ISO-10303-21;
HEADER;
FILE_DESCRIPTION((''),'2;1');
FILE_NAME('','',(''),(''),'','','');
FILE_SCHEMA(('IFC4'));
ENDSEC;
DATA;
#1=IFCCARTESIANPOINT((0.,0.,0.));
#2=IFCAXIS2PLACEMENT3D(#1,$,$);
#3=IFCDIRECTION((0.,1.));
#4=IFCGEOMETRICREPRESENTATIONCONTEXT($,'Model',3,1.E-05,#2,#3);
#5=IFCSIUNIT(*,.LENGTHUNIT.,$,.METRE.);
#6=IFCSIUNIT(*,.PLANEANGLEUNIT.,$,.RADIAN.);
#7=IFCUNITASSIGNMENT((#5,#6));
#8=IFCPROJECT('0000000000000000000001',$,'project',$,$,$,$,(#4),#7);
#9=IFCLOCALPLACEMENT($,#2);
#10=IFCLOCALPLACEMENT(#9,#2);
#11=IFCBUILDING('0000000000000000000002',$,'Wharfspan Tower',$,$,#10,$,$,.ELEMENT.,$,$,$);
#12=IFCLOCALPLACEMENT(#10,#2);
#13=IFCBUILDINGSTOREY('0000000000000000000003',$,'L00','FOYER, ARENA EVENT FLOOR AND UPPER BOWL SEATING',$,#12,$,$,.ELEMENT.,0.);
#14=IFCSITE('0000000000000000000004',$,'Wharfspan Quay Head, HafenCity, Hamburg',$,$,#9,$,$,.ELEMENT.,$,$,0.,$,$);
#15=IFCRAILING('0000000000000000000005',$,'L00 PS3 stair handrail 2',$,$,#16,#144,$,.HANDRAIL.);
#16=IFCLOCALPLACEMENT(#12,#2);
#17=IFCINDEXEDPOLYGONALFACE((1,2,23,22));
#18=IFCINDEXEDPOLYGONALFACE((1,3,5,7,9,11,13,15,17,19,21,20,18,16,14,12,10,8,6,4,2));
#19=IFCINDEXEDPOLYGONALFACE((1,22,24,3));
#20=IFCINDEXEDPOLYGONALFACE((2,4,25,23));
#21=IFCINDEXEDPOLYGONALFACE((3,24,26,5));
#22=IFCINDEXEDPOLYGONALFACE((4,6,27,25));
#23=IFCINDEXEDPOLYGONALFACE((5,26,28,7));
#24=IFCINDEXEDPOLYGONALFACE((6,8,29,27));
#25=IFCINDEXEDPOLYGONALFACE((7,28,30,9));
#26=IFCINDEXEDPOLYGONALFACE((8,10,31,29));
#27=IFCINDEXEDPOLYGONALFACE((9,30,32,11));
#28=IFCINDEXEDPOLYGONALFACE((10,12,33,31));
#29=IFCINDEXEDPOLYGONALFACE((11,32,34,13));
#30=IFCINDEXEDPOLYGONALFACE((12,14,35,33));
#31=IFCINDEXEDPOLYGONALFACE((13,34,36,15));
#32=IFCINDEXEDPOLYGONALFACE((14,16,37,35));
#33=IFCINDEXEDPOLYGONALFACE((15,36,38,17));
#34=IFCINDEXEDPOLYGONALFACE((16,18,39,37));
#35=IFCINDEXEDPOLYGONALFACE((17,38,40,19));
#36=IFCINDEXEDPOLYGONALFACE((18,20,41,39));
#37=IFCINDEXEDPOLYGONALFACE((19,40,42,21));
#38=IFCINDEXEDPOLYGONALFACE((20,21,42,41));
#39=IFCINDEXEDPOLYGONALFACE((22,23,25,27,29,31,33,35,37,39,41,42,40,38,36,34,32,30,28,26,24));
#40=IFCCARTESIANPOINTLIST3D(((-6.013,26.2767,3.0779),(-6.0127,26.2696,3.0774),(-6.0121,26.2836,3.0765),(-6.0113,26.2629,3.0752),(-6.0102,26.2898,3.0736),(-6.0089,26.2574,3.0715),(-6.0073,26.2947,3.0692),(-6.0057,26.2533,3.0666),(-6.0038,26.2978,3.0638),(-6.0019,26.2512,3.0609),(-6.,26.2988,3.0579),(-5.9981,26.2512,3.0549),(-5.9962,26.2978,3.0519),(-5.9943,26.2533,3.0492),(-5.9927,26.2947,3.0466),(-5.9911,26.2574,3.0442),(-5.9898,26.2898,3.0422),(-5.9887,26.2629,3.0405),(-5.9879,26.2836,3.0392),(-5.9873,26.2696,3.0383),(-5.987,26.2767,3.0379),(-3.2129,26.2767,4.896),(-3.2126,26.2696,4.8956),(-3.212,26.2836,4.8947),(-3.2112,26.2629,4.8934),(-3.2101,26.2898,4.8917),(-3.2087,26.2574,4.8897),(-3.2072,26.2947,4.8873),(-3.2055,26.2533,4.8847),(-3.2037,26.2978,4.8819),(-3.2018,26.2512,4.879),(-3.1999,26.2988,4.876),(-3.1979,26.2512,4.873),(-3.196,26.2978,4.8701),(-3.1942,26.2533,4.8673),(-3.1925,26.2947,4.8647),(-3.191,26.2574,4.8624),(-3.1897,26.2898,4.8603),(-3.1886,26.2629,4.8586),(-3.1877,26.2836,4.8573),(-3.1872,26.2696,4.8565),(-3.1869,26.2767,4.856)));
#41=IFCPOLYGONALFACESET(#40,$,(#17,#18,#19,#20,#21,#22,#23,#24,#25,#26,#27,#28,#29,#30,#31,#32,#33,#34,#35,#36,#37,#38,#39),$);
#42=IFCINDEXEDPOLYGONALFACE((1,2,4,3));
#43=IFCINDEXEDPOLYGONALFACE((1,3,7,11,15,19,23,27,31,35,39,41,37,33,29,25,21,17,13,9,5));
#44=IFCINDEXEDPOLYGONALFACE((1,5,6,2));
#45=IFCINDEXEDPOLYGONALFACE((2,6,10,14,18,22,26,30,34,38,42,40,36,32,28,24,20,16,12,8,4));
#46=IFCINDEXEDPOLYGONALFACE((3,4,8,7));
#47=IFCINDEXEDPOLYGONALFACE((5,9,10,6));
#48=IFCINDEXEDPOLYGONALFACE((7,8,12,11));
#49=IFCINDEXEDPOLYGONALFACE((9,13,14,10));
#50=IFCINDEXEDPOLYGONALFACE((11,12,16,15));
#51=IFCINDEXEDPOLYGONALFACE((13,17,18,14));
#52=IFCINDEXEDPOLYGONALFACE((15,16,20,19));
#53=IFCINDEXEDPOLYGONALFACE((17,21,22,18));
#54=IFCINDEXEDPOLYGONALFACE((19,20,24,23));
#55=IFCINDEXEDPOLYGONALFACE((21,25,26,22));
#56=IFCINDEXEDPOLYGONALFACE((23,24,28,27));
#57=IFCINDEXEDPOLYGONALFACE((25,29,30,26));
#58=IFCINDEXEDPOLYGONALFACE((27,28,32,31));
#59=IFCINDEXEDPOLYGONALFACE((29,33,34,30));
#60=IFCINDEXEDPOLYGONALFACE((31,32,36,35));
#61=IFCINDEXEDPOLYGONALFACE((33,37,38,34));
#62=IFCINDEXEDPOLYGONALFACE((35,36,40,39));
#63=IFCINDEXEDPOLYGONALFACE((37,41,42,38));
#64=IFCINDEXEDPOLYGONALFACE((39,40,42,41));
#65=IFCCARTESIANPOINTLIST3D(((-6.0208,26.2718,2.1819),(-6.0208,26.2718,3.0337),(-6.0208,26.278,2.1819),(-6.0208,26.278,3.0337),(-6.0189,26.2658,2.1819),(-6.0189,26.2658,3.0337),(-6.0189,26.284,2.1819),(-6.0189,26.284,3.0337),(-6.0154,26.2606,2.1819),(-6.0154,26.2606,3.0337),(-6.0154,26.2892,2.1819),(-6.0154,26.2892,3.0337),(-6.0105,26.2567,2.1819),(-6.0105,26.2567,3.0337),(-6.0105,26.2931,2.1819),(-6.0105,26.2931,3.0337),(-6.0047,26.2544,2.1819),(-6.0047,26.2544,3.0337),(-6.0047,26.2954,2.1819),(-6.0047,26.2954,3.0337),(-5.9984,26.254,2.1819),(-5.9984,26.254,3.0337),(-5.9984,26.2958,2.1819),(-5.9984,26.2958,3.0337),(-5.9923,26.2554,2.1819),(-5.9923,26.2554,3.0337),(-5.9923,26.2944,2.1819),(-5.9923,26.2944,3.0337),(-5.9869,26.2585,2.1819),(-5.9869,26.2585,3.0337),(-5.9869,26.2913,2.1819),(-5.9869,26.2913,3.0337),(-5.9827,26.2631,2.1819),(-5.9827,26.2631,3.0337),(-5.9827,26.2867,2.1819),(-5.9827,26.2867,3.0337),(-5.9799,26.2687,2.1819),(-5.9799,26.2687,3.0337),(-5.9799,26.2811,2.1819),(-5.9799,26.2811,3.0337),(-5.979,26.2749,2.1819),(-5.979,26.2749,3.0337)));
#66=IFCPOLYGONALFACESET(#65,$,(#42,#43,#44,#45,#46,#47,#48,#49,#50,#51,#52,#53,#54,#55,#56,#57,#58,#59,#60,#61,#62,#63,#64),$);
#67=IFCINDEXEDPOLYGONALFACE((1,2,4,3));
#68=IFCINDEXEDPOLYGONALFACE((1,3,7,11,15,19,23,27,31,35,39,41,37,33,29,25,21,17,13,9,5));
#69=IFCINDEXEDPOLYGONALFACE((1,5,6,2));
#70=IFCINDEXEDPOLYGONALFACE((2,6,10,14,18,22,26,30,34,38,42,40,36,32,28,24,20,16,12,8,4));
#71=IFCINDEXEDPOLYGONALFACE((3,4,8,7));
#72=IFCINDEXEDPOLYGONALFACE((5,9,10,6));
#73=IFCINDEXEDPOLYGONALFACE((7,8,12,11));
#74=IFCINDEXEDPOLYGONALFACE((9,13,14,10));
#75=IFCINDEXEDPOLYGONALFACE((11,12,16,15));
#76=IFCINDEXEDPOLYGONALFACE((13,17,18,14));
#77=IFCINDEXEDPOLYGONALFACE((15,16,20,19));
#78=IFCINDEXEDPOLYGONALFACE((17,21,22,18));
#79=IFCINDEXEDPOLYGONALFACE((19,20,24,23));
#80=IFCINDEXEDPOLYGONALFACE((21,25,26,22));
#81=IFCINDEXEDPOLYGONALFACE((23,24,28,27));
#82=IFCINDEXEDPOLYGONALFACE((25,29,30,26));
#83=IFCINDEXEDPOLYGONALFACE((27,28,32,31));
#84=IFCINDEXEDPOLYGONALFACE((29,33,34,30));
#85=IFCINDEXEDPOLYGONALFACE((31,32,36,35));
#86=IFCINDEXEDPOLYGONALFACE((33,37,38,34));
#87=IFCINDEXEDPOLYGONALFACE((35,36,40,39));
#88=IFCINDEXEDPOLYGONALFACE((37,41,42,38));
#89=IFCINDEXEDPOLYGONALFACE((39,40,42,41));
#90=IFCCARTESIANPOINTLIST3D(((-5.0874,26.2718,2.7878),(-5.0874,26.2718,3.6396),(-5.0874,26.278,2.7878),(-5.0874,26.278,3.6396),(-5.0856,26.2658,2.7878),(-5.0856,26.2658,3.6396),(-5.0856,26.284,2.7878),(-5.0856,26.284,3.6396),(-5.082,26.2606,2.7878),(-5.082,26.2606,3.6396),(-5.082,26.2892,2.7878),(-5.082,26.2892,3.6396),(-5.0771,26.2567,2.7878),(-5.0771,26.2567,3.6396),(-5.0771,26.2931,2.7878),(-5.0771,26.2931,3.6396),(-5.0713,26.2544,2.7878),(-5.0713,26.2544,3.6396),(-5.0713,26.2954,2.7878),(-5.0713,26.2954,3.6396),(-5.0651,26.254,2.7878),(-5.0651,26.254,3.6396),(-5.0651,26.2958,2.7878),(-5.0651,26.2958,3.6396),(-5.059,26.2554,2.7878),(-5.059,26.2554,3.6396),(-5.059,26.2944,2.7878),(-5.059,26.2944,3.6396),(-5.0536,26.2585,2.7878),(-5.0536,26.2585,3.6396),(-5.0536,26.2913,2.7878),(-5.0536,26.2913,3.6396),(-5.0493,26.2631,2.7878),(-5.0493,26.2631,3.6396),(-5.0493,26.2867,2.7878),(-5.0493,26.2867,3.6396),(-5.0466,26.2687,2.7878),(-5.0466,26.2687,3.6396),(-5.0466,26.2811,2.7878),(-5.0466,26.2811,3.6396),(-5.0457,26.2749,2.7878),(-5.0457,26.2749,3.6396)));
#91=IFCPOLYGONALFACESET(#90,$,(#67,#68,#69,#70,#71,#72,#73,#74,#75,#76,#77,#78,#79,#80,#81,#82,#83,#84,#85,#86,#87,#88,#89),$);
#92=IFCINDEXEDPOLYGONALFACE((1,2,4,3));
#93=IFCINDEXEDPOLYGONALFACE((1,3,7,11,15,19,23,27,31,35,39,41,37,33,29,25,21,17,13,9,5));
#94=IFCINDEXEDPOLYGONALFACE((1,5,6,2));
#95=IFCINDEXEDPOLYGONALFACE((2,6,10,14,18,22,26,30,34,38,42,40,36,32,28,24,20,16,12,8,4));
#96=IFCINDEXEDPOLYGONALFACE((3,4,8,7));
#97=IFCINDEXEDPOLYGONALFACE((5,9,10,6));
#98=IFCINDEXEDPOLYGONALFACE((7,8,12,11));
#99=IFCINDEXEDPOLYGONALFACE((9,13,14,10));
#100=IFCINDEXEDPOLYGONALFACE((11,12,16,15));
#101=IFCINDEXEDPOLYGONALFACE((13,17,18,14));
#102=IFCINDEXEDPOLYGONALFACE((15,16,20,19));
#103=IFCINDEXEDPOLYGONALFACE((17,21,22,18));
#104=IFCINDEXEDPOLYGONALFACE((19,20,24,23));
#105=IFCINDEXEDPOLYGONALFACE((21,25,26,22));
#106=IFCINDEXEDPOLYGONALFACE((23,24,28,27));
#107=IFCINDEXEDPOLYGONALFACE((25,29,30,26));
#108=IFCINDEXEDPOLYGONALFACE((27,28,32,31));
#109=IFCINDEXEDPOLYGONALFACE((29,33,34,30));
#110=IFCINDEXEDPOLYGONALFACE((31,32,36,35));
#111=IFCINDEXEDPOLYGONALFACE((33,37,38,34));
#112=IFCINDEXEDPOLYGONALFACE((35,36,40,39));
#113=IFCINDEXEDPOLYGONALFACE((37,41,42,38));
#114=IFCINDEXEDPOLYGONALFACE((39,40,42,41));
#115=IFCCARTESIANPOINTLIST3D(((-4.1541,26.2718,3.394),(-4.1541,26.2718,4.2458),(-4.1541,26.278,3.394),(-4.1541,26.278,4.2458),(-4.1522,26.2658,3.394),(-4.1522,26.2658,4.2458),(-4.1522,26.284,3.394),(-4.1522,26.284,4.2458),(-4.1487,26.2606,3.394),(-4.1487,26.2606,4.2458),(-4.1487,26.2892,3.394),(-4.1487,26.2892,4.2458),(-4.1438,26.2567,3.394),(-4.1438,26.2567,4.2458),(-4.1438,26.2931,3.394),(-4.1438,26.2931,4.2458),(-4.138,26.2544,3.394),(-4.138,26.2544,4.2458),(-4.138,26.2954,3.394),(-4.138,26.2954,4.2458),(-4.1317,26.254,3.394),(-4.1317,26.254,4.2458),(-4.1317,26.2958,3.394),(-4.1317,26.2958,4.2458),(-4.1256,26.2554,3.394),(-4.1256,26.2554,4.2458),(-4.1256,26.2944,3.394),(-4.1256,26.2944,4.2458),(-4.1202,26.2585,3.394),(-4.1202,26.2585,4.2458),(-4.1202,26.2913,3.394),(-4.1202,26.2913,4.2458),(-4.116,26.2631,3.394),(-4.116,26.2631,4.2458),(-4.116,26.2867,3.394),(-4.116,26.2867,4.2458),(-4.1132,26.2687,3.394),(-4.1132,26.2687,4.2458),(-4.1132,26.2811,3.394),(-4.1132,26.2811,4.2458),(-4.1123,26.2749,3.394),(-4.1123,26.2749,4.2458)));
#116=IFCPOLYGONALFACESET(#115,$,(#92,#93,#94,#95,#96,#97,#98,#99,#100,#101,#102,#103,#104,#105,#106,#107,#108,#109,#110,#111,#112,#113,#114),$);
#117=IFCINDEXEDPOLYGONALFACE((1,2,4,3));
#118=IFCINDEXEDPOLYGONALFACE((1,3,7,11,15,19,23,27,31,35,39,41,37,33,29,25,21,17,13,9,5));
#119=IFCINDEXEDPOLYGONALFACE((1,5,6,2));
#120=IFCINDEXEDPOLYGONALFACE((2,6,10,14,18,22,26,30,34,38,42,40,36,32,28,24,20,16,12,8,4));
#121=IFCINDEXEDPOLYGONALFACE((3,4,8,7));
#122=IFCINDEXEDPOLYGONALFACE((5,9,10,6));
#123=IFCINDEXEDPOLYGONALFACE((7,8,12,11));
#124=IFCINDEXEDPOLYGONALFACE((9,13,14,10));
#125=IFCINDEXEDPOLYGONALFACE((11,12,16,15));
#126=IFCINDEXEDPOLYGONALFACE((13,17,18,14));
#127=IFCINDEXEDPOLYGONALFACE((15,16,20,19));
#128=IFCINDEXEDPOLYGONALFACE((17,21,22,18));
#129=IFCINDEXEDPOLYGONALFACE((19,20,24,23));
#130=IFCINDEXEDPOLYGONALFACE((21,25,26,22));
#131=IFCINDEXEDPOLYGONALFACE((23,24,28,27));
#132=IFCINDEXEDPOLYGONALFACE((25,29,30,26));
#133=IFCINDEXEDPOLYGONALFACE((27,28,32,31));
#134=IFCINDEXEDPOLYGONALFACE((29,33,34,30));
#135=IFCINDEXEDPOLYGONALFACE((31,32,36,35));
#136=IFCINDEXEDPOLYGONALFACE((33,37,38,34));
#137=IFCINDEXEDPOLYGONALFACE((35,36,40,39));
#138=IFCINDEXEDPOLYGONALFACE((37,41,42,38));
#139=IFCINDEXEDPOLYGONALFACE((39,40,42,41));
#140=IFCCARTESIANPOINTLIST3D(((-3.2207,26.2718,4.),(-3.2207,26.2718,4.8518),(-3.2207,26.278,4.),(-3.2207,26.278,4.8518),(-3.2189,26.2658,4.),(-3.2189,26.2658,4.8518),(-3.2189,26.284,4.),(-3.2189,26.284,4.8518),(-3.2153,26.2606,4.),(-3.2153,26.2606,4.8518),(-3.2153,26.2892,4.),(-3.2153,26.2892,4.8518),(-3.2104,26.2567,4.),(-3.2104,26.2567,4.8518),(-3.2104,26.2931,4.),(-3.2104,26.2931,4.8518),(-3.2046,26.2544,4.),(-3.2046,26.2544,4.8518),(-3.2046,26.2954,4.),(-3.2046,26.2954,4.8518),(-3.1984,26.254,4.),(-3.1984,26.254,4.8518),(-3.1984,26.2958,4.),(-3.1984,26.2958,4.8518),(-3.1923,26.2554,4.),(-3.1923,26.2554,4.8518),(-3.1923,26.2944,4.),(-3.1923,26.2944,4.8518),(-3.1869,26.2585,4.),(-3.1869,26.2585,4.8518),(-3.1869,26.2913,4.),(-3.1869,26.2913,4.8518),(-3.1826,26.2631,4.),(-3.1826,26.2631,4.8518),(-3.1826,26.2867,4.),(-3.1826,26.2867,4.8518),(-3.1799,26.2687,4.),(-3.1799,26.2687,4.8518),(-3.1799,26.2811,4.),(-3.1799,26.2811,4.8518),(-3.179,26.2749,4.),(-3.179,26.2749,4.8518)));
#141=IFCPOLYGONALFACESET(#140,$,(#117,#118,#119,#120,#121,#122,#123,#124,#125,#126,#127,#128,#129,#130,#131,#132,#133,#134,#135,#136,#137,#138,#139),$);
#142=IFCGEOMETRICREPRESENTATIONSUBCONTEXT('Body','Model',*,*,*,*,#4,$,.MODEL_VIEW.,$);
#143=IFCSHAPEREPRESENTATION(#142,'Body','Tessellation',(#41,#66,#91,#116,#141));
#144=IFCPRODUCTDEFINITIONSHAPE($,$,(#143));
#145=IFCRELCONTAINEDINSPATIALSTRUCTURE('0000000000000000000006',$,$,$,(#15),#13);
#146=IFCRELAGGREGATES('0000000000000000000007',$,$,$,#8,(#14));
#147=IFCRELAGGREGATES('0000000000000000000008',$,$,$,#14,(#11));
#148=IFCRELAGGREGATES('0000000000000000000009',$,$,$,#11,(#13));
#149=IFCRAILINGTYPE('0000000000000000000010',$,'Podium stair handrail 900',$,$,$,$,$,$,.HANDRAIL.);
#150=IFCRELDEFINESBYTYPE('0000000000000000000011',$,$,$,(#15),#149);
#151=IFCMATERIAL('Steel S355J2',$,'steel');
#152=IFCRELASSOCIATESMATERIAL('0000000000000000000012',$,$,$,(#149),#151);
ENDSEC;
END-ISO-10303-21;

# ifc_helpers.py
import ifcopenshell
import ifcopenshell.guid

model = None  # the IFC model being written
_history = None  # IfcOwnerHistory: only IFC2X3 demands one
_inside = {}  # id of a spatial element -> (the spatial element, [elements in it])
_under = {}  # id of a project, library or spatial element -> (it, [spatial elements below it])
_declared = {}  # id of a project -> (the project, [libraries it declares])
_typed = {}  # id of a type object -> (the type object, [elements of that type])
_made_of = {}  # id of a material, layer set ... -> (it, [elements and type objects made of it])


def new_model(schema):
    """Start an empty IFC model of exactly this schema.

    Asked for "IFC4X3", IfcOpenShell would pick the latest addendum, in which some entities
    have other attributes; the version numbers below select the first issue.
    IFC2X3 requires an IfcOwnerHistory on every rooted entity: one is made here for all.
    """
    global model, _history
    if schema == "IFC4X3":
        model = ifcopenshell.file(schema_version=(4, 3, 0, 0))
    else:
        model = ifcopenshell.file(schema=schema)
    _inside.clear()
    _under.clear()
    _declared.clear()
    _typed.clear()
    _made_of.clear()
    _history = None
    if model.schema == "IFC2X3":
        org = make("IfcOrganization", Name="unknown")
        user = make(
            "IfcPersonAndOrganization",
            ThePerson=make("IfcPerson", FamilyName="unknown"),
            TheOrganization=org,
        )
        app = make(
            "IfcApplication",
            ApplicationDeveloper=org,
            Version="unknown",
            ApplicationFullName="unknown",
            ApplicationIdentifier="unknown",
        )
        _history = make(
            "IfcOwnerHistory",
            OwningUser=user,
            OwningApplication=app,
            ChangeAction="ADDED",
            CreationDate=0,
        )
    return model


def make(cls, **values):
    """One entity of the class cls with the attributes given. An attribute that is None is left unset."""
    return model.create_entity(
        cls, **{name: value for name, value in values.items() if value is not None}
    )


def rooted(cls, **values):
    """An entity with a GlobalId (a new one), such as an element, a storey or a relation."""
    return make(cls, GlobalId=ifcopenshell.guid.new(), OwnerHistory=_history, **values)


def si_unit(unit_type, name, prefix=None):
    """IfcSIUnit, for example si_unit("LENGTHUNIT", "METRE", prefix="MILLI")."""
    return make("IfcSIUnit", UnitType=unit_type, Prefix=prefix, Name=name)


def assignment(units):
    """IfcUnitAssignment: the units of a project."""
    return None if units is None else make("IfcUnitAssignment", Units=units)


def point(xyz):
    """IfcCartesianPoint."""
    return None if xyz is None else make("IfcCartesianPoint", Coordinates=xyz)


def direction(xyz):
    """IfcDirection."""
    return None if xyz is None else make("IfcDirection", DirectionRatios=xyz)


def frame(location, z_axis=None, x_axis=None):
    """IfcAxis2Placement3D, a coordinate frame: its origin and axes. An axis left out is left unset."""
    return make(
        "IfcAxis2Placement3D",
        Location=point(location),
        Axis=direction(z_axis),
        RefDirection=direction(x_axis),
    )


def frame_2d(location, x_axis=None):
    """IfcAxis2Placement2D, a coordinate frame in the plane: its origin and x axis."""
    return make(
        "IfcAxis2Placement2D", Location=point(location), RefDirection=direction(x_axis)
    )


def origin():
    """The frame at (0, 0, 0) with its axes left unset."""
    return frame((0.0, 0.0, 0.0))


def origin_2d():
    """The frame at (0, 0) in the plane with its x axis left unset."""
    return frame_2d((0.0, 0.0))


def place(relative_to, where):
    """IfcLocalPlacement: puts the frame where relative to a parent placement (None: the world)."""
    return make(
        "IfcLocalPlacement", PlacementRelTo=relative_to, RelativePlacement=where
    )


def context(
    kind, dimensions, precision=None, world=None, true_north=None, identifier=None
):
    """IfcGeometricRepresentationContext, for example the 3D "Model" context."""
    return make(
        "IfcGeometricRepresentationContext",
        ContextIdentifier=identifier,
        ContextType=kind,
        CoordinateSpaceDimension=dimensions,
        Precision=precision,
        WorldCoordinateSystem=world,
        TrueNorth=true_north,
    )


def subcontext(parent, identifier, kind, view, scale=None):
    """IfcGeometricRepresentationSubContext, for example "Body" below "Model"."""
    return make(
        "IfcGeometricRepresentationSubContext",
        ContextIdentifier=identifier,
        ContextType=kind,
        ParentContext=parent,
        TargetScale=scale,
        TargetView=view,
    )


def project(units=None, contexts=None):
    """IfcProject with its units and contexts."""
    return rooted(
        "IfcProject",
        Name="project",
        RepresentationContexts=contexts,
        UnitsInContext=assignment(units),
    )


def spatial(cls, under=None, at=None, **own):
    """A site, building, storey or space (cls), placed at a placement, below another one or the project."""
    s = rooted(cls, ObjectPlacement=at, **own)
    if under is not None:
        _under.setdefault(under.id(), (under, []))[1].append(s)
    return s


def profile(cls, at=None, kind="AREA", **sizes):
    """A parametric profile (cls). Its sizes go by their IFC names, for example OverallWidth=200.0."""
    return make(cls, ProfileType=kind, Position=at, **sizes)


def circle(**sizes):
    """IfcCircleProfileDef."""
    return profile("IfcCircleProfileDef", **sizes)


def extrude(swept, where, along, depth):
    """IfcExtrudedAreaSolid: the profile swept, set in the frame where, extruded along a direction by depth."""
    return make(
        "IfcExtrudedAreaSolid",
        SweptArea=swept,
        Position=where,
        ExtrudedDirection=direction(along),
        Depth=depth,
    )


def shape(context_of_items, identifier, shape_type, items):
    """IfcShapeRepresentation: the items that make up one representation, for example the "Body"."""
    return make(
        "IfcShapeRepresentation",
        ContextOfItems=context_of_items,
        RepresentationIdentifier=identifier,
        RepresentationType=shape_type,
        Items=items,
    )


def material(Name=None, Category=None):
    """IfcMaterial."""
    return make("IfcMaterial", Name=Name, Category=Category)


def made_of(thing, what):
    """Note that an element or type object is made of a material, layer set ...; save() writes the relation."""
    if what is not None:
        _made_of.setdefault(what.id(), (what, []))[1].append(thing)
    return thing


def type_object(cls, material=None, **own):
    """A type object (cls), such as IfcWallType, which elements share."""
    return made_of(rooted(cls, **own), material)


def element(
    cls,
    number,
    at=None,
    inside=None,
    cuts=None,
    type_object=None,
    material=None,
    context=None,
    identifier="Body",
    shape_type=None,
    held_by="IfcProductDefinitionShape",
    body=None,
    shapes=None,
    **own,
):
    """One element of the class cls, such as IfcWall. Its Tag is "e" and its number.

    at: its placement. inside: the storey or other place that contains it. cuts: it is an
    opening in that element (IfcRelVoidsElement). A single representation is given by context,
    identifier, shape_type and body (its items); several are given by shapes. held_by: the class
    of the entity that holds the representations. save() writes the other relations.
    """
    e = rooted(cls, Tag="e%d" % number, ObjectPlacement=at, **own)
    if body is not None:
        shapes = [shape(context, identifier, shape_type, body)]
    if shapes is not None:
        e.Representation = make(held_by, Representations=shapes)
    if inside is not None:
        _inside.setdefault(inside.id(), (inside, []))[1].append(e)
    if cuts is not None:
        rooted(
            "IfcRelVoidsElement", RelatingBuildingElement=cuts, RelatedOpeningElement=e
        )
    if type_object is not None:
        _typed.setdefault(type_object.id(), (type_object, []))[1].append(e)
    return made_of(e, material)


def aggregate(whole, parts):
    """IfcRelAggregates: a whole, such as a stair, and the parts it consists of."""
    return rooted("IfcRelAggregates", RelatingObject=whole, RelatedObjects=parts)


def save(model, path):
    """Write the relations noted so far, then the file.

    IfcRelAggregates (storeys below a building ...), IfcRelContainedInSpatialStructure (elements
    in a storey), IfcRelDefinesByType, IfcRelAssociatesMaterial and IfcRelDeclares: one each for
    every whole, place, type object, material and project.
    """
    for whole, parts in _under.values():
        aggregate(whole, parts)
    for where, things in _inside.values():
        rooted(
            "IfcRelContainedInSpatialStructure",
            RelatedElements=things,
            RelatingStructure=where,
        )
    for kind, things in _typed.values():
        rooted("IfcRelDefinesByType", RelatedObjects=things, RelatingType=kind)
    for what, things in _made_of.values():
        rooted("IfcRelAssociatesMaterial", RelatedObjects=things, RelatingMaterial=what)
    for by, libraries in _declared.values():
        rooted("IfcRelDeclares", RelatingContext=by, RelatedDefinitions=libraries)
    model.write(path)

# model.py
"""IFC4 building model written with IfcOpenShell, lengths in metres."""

from ifc_helpers import new_model, si_unit, direction, frame, origin, origin_2d, place, context, subcontext, project, spatial, circle, extrude, material, type_object, element, save


model = new_model("IFC4")

# Units and contexts
model_context = context("Model", 3, precision=1e-05, world=origin(), true_north=direction((0.0, 1.0)))
body_context = subcontext(model_context, "Body", "Model", "MODEL_VIEW")
ifc_project = project(units=[si_unit("LENGTHUNIT", "METRE"), si_unit("PLANEANGLEUNIT", "RADIAN")], contexts=[model_context])

# Site, building, storey
site_placement = place(None, origin())
site = spatial("IfcSite", under=ifc_project, at=site_placement, Name="Wharfspan Quay Head, HafenCity, Hamburg", CompositionType="ELEMENT", RefElevation=0.0)
building_placement = place(site_placement, origin())
building = spatial("IfcBuilding", under=site, at=building_placement, Name="Wharfspan Tower", CompositionType="ELEMENT")
storey_placement = place(building_placement, origin())
storey = spatial("IfcBuildingStorey", under=building, at=storey_placement, Name="L00", Description="FOYER, ARENA EVENT FLOOR AND UPPER BOWL SEATING", CompositionType="ELEMENT", Elevation=0.0)

# Railing
ifc_material_1 = material(Name="Steel S355J2", Category="steel")
railing_type_1 = type_object("IfcRailingType", Name="Podium stair handrail 900", PredefinedType="HANDRAIL", material=ifc_material_1)
for number, where, name in (
    (1, (-6.0, 26.2749, 2.1819), "L00 PS3 stair handrail 2"),
):
    element("IfcRailing", number, at=place(storey_placement, frame(where)), inside=storey, type_object=railing_type_1, Name=name, PredefinedType="HANDRAIL", context=body_context, shape_type="SweptSolid", body=[
        extrude(circle(Radius=0.0239, at=origin_2d()), frame((0.0, 0.0, 0.876), z_axis=(0.838706, 0.0, 0.544585), x_axis=(0.0, 1.0, 0.0)), (0.0, 0.0, 1.0), 3.3386),
        extrude(circle(Radius=0.021, at=origin_2d()), origin(), (0.0, 0.0, 1.0), 0.8518),
        extrude(circle(Radius=0.021, at=origin_2d()), frame((0.9334, 0.0, 0.606)), (0.0, 0.0, 1.0), 0.8518),
        extrude(circle(Radius=0.021, at=origin_2d()), frame((1.8667, 0.0, 1.2122)), (0.0, 0.0, 1.0), 0.8518),
        extrude(circle(Radius=0.021, at=origin_2d()), frame((2.8, 0.0, 1.8181)), (0.0, 0.0, 1.0), 0.8518),
    ])

save(model, "model.ifc")
